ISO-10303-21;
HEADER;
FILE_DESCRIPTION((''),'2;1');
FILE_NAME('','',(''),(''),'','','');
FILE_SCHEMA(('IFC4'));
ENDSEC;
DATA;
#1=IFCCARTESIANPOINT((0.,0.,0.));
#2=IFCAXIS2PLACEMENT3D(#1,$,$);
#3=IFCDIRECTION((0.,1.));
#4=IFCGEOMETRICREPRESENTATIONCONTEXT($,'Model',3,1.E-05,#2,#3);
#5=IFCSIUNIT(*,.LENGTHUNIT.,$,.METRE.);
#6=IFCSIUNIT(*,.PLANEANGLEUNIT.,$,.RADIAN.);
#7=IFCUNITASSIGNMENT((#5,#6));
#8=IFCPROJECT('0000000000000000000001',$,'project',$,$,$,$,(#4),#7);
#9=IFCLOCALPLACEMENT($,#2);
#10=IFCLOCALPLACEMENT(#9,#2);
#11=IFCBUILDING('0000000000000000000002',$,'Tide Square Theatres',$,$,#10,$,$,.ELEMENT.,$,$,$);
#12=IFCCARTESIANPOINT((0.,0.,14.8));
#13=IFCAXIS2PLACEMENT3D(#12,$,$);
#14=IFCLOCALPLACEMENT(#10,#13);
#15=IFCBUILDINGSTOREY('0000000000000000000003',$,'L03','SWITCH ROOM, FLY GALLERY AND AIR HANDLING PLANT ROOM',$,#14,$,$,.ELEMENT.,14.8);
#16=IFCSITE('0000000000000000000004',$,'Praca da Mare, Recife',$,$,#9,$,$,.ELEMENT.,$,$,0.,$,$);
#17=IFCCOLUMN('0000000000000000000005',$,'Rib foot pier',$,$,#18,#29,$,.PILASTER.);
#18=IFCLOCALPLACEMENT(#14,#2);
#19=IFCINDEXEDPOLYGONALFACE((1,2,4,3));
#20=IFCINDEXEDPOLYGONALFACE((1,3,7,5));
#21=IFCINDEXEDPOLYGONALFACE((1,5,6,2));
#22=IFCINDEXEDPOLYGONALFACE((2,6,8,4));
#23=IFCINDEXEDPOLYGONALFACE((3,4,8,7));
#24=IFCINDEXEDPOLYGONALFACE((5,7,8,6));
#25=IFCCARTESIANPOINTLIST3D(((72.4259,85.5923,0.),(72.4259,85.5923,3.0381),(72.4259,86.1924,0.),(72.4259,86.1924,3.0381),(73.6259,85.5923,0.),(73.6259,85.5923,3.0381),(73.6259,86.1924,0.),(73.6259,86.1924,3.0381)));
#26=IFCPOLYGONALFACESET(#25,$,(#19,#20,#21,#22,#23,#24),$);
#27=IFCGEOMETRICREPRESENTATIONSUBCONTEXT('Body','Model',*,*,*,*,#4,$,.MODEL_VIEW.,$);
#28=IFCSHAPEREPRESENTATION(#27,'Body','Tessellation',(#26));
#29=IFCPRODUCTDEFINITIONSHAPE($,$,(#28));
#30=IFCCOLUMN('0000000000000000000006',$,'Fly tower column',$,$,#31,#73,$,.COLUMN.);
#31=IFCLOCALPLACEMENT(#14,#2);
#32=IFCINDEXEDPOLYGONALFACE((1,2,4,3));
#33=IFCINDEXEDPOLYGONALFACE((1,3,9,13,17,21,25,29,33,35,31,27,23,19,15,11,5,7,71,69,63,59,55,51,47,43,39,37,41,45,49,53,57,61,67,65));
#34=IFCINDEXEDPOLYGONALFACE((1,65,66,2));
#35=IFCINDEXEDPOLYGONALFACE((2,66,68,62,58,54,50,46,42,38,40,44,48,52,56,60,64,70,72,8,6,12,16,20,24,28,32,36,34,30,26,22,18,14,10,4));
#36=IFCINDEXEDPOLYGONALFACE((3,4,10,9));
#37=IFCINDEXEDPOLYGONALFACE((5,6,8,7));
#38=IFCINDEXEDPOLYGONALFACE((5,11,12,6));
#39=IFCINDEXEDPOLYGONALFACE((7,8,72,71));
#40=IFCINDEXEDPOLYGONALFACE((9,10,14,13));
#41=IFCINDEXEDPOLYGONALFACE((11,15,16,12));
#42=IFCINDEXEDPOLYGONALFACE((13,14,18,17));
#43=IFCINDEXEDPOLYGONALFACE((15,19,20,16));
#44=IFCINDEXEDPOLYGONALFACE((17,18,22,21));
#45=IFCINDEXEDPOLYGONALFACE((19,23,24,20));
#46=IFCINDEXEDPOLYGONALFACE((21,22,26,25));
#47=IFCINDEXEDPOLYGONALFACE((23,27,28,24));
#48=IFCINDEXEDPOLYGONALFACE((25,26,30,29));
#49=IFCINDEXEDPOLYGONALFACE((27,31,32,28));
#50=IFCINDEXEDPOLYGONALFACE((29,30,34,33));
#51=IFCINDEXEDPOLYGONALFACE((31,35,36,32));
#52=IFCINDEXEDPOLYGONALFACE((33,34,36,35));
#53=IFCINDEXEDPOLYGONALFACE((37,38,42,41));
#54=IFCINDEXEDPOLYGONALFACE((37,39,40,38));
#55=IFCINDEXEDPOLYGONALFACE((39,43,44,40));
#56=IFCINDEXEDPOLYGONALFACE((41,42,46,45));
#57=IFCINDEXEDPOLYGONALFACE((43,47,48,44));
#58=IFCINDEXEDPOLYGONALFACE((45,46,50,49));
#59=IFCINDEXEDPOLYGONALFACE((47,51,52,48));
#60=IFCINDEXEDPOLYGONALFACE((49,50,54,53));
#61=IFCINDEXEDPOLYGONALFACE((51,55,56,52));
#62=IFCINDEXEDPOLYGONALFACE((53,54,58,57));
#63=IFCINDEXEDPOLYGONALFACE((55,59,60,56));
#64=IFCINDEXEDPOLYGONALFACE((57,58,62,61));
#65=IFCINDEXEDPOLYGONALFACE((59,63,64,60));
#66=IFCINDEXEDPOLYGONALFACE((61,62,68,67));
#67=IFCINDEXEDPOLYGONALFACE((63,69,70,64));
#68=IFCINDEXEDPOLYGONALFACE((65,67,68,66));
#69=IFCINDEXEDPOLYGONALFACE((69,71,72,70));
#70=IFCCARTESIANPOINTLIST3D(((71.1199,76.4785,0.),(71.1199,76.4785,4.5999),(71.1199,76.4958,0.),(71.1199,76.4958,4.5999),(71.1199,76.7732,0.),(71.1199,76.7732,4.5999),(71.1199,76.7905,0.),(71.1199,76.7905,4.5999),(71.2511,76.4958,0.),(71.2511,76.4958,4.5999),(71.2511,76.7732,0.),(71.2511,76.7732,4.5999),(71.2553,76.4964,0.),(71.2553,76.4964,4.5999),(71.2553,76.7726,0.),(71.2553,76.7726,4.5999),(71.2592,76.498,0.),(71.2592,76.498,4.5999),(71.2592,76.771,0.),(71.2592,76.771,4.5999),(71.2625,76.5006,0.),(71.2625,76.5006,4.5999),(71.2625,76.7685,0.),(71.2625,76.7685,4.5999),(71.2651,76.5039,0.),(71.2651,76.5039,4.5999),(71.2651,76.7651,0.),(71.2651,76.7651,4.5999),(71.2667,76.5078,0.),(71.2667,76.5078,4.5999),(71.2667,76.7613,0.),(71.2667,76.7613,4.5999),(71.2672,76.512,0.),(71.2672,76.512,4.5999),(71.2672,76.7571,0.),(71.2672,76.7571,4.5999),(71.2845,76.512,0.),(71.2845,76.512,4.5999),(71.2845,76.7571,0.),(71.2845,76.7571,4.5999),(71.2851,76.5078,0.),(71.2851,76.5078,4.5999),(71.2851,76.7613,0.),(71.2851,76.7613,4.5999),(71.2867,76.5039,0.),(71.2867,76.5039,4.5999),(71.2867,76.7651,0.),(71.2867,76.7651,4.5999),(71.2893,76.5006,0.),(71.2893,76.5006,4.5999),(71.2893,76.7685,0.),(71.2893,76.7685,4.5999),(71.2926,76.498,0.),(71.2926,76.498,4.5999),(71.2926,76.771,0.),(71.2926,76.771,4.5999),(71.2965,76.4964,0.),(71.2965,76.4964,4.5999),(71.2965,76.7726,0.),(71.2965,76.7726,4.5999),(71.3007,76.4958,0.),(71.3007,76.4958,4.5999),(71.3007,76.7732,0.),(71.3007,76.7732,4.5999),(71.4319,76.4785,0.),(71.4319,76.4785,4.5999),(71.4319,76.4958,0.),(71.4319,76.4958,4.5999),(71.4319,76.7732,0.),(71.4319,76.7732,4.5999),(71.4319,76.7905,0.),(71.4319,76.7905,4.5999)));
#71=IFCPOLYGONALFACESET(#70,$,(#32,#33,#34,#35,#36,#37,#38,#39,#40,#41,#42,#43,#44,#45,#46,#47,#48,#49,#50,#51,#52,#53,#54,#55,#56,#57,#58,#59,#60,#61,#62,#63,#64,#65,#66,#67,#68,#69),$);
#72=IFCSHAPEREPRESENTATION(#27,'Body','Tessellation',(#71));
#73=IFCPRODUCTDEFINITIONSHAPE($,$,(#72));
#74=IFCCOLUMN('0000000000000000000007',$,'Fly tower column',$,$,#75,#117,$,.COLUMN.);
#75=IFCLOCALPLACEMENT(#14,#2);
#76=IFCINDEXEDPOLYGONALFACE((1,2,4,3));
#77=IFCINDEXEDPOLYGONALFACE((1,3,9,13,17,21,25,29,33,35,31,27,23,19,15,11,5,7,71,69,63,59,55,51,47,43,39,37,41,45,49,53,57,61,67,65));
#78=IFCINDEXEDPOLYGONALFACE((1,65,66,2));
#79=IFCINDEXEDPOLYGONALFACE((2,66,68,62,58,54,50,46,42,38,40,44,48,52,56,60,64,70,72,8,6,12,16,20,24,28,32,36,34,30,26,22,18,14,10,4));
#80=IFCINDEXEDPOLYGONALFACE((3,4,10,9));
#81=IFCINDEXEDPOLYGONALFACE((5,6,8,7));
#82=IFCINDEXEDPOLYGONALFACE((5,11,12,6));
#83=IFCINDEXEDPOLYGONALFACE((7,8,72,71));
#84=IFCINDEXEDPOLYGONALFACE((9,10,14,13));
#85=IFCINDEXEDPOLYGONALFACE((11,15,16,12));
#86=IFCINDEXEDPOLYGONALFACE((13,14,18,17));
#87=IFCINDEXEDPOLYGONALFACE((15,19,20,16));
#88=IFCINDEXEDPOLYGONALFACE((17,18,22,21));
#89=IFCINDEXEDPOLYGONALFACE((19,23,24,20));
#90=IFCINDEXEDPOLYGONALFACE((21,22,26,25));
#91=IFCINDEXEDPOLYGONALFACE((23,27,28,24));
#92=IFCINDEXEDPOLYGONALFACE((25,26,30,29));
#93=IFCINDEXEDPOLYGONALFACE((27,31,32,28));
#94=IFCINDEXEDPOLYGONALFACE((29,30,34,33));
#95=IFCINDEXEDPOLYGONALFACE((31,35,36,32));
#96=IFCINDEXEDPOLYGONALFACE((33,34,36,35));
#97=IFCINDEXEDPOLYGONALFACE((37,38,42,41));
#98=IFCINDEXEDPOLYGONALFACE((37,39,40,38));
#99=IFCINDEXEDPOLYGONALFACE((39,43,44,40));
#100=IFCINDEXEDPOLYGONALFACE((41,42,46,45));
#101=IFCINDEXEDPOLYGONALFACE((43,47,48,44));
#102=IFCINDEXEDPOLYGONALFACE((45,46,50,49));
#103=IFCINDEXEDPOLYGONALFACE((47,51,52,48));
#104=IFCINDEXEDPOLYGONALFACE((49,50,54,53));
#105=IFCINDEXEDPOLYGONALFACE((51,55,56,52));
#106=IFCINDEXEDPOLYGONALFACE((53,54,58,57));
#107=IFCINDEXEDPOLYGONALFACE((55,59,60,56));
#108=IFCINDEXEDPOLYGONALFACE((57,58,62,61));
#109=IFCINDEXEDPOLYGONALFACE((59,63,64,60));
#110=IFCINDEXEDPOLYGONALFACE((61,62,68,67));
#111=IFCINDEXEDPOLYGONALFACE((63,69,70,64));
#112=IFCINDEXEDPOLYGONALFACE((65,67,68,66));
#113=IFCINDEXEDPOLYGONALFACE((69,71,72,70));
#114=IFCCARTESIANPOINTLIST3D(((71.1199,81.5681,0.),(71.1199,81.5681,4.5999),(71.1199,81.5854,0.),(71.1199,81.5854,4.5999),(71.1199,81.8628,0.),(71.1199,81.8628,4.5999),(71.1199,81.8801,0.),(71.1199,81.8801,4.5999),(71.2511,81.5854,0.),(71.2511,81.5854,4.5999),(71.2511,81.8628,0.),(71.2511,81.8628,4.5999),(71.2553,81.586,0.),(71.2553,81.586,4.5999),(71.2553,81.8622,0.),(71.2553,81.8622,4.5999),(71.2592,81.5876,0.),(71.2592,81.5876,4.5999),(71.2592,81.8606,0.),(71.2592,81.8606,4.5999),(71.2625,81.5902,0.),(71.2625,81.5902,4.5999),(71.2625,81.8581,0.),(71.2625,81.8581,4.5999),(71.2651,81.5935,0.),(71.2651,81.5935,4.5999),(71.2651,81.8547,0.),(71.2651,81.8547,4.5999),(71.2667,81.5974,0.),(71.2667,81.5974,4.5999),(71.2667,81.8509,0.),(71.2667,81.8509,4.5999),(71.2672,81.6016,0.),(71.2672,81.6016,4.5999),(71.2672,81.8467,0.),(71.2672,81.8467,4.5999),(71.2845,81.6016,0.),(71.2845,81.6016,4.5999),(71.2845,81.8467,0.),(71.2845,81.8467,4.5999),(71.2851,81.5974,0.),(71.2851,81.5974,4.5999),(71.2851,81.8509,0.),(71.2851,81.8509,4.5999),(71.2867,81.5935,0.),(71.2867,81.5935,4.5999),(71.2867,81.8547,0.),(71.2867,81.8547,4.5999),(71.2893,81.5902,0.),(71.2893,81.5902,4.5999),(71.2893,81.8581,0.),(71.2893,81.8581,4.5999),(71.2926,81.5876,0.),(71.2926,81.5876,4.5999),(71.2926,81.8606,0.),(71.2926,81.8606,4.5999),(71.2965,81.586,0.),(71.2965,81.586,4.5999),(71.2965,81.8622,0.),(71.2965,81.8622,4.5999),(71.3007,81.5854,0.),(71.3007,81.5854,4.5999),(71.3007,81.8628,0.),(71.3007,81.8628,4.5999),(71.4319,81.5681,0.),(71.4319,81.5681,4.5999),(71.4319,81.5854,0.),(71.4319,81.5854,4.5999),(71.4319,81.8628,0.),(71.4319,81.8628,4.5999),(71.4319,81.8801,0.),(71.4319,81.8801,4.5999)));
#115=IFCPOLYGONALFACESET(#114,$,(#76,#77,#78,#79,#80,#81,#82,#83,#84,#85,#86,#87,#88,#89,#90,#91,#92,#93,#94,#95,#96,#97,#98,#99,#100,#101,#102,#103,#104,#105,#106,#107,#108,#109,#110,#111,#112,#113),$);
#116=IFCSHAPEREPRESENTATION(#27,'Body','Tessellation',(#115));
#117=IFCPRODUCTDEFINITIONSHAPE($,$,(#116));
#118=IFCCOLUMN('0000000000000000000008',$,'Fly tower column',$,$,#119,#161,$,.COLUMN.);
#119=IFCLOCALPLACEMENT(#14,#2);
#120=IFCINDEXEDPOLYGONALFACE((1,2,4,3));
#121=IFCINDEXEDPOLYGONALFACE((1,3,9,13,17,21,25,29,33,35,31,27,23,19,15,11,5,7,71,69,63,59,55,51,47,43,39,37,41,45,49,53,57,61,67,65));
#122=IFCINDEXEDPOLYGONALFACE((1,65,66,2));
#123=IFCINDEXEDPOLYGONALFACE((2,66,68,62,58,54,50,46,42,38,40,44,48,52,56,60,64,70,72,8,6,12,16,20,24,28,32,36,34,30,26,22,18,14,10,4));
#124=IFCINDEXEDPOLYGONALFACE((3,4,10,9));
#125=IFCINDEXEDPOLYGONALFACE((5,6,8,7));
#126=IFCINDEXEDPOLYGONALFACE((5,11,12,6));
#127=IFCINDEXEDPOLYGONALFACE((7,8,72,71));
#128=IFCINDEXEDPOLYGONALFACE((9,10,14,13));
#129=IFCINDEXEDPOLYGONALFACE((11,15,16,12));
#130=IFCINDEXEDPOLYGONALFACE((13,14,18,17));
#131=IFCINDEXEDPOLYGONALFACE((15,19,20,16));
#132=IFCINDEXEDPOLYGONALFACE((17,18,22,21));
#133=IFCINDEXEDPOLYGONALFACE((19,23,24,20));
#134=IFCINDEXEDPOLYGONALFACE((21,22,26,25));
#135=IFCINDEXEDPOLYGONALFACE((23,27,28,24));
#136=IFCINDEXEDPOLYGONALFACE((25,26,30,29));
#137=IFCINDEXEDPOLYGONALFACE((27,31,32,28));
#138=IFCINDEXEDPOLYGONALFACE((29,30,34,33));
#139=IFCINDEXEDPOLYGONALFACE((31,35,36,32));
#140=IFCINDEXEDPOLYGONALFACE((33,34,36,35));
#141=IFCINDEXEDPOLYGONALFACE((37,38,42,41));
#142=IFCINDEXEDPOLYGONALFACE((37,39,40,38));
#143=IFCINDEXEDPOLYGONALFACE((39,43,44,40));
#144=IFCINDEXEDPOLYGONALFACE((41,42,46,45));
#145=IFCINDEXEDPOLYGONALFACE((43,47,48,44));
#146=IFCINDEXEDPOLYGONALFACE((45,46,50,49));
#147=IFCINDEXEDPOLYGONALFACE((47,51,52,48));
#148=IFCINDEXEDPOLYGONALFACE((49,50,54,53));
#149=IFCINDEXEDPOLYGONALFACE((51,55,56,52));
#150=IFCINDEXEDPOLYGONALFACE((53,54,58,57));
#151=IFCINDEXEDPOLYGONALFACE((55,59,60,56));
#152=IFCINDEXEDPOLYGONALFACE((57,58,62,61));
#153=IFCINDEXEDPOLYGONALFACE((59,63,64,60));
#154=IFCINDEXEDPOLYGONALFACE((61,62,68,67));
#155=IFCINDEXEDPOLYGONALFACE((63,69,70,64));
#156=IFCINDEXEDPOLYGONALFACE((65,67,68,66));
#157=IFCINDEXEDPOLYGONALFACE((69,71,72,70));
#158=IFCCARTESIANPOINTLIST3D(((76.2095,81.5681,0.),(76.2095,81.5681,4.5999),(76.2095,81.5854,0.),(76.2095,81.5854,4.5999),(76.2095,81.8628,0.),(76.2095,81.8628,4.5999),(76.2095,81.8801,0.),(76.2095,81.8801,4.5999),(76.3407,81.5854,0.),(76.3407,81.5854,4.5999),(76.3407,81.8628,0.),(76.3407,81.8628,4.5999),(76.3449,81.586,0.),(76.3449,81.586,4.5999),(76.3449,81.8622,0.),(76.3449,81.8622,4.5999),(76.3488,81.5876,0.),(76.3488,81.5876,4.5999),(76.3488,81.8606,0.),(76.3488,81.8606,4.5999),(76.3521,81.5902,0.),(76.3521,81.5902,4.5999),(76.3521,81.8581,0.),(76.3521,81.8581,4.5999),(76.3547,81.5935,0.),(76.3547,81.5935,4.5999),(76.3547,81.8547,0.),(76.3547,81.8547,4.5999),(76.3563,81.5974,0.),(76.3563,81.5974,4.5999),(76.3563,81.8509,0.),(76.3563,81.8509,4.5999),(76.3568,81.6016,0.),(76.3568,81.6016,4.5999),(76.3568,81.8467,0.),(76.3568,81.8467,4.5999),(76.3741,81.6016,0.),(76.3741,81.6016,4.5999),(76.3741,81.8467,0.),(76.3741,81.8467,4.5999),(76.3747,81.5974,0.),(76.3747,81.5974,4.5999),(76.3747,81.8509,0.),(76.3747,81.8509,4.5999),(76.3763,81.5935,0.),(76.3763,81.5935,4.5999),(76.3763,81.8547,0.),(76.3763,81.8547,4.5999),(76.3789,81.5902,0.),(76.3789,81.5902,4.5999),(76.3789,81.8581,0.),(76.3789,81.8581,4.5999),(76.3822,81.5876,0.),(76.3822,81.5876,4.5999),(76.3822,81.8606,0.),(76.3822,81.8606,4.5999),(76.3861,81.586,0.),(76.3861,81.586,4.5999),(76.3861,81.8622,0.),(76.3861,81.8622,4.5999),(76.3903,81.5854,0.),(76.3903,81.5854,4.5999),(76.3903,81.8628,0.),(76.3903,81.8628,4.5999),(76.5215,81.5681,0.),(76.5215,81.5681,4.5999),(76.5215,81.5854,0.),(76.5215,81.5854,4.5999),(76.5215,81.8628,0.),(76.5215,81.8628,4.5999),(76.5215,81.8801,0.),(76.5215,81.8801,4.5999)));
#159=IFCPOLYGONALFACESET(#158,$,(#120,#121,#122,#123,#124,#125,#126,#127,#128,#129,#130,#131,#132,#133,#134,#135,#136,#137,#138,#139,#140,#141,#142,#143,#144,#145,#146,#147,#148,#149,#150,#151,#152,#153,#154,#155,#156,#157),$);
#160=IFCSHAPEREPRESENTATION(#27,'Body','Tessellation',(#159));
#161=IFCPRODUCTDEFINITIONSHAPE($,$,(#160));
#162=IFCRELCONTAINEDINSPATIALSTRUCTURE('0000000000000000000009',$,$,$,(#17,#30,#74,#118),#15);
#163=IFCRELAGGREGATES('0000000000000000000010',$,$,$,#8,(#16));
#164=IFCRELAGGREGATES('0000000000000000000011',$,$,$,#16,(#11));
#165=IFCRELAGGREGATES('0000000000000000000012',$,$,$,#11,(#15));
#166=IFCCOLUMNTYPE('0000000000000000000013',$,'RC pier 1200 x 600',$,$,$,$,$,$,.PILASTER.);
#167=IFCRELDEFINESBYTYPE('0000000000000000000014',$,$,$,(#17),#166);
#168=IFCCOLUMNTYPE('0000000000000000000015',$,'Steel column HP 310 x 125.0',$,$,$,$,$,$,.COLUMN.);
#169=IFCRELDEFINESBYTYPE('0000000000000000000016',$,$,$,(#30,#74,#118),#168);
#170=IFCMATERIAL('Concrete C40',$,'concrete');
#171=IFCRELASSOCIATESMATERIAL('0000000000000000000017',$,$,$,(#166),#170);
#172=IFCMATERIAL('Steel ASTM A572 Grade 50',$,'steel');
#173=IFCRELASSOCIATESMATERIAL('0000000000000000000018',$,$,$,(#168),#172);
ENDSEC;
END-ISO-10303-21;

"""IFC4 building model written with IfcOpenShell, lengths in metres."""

from ifc_helpers import new_model, si_unit, direction, frame, origin, origin_2d, place, context, subcontext, project, spatial, rectangle, i_section, extrude, material, material_profile, profile_set, type_object, element, save


model = new_model("IFC4")

# Units and contexts
model_context = context("Model", 3, precision=1e-05, world=origin(), true_north=direction((0.0, 1.0)))
body_context = subcontext(model_context, "Body", "Model", "MODEL_VIEW")
ifc_project = project(units=[si_unit("LENGTHUNIT", "METRE"), si_unit("PLANEANGLEUNIT", "RADIAN")], contexts=[model_context])

# Site, building, storey
site_placement = place(None, origin())
site = spatial("IfcSite", under=ifc_project, at=site_placement, Name="Praca da Mare, Recife", CompositionType="ELEMENT", RefElevation=0.0)
building_placement = place(site_placement, origin())
building = spatial("IfcBuilding", under=site, at=building_placement, Name="Tide Square Theatres", CompositionType="ELEMENT")
storey_placement = place(building_placement, frame((0.0, 0.0, 14.8)))
storey = spatial("IfcBuildingStorey", under=building, at=storey_placement, Name="L03", Description="SWITCH ROOM, FLY GALLERY AND AIR HANDLING PLANT ROOM", CompositionType="ELEMENT", Elevation=14.8)

# Columns
ifc_material_1 = material(Name="Concrete C40", Category="concrete")
ifc_material_profile_1 = material_profile(ifc_material_1, rectangle(XDim=1.2, YDim=0.6001, at=origin_2d()))
ifc_profile_set_1 = profile_set([ifc_material_profile_1], Name="Concrete C40")
column_type_1 = type_object("IfcColumnType", Name="RC pier 1200 x 600", PredefinedType="PILASTER", material=ifc_profile_set_1)
column_placement = place(storey_placement, frame((73.0259, 85.8923, 0.0), z_axis=(0.0, 0.0, 1.0), x_axis=(-1.0, 0.0, 0.0)))
element("IfcColumn", 1, at=column_placement, inside=storey, type_object=column_type_1, Name="Rib foot pier", PredefinedType="PILASTER", context=body_context, shape_type="SweptSolid", body=[
    extrude(rectangle(XDim=1.2, YDim=0.6001, at=origin_2d()), origin(), (0.0, 0.0, 1.0), 3.0381),
])
ifc_material_2 = material(Name="Steel ASTM A572 Grade 50", Category="steel")
ifc_material_profile_2 = material_profile(ifc_material_2, i_section(OverallWidth=0.312, OverallDepth=0.312, WebThickness=0.0173, FlangeThickness=0.0173, FilletRadius=0.0161, at=origin_2d()))
ifc_profile_set_2 = profile_set([ifc_material_profile_2], Name="Steel ASTM A572 Grade 50")
column_type_2 = type_object("IfcColumnType", Name="Steel column HP 310 x 125.0", PredefinedType="COLUMN", material=ifc_profile_set_2)
for number, where, z_axis, x_axis, name in (
    (2, (71.2759, 76.6345, 0.0), (0.0, 0.0, 1.0), (1.0, 0.0, 0.0), "Fly tower column"),
    (3, (71.2759, 81.7241, 0.0), (0.0, 0.0, 1.0), (1.0, 0.0, 0.0), "Fly tower column"),
    (4, (76.3655, 81.7241, 0.0), (0.0, 0.0, 1.0), (1.0, 0.0, 0.0), "Fly tower column"),
):
    element("IfcColumn", number, at=place(storey_placement, frame(where, z_axis=z_axis, x_axis=x_axis)), inside=storey, type_object=column_type_2, Name=name, PredefinedType="COLUMN", context=body_context, shape_type="SweptSolid", body=[
        extrude(i_section(OverallWidth=0.312, OverallDepth=0.312, WebThickness=0.0173, FlangeThickness=0.0173, FilletRadius=0.0161, at=origin_2d()), origin(), (0.0, 0.0, 1.0), 4.5999),
    ])

save(model, "model.ifc")
